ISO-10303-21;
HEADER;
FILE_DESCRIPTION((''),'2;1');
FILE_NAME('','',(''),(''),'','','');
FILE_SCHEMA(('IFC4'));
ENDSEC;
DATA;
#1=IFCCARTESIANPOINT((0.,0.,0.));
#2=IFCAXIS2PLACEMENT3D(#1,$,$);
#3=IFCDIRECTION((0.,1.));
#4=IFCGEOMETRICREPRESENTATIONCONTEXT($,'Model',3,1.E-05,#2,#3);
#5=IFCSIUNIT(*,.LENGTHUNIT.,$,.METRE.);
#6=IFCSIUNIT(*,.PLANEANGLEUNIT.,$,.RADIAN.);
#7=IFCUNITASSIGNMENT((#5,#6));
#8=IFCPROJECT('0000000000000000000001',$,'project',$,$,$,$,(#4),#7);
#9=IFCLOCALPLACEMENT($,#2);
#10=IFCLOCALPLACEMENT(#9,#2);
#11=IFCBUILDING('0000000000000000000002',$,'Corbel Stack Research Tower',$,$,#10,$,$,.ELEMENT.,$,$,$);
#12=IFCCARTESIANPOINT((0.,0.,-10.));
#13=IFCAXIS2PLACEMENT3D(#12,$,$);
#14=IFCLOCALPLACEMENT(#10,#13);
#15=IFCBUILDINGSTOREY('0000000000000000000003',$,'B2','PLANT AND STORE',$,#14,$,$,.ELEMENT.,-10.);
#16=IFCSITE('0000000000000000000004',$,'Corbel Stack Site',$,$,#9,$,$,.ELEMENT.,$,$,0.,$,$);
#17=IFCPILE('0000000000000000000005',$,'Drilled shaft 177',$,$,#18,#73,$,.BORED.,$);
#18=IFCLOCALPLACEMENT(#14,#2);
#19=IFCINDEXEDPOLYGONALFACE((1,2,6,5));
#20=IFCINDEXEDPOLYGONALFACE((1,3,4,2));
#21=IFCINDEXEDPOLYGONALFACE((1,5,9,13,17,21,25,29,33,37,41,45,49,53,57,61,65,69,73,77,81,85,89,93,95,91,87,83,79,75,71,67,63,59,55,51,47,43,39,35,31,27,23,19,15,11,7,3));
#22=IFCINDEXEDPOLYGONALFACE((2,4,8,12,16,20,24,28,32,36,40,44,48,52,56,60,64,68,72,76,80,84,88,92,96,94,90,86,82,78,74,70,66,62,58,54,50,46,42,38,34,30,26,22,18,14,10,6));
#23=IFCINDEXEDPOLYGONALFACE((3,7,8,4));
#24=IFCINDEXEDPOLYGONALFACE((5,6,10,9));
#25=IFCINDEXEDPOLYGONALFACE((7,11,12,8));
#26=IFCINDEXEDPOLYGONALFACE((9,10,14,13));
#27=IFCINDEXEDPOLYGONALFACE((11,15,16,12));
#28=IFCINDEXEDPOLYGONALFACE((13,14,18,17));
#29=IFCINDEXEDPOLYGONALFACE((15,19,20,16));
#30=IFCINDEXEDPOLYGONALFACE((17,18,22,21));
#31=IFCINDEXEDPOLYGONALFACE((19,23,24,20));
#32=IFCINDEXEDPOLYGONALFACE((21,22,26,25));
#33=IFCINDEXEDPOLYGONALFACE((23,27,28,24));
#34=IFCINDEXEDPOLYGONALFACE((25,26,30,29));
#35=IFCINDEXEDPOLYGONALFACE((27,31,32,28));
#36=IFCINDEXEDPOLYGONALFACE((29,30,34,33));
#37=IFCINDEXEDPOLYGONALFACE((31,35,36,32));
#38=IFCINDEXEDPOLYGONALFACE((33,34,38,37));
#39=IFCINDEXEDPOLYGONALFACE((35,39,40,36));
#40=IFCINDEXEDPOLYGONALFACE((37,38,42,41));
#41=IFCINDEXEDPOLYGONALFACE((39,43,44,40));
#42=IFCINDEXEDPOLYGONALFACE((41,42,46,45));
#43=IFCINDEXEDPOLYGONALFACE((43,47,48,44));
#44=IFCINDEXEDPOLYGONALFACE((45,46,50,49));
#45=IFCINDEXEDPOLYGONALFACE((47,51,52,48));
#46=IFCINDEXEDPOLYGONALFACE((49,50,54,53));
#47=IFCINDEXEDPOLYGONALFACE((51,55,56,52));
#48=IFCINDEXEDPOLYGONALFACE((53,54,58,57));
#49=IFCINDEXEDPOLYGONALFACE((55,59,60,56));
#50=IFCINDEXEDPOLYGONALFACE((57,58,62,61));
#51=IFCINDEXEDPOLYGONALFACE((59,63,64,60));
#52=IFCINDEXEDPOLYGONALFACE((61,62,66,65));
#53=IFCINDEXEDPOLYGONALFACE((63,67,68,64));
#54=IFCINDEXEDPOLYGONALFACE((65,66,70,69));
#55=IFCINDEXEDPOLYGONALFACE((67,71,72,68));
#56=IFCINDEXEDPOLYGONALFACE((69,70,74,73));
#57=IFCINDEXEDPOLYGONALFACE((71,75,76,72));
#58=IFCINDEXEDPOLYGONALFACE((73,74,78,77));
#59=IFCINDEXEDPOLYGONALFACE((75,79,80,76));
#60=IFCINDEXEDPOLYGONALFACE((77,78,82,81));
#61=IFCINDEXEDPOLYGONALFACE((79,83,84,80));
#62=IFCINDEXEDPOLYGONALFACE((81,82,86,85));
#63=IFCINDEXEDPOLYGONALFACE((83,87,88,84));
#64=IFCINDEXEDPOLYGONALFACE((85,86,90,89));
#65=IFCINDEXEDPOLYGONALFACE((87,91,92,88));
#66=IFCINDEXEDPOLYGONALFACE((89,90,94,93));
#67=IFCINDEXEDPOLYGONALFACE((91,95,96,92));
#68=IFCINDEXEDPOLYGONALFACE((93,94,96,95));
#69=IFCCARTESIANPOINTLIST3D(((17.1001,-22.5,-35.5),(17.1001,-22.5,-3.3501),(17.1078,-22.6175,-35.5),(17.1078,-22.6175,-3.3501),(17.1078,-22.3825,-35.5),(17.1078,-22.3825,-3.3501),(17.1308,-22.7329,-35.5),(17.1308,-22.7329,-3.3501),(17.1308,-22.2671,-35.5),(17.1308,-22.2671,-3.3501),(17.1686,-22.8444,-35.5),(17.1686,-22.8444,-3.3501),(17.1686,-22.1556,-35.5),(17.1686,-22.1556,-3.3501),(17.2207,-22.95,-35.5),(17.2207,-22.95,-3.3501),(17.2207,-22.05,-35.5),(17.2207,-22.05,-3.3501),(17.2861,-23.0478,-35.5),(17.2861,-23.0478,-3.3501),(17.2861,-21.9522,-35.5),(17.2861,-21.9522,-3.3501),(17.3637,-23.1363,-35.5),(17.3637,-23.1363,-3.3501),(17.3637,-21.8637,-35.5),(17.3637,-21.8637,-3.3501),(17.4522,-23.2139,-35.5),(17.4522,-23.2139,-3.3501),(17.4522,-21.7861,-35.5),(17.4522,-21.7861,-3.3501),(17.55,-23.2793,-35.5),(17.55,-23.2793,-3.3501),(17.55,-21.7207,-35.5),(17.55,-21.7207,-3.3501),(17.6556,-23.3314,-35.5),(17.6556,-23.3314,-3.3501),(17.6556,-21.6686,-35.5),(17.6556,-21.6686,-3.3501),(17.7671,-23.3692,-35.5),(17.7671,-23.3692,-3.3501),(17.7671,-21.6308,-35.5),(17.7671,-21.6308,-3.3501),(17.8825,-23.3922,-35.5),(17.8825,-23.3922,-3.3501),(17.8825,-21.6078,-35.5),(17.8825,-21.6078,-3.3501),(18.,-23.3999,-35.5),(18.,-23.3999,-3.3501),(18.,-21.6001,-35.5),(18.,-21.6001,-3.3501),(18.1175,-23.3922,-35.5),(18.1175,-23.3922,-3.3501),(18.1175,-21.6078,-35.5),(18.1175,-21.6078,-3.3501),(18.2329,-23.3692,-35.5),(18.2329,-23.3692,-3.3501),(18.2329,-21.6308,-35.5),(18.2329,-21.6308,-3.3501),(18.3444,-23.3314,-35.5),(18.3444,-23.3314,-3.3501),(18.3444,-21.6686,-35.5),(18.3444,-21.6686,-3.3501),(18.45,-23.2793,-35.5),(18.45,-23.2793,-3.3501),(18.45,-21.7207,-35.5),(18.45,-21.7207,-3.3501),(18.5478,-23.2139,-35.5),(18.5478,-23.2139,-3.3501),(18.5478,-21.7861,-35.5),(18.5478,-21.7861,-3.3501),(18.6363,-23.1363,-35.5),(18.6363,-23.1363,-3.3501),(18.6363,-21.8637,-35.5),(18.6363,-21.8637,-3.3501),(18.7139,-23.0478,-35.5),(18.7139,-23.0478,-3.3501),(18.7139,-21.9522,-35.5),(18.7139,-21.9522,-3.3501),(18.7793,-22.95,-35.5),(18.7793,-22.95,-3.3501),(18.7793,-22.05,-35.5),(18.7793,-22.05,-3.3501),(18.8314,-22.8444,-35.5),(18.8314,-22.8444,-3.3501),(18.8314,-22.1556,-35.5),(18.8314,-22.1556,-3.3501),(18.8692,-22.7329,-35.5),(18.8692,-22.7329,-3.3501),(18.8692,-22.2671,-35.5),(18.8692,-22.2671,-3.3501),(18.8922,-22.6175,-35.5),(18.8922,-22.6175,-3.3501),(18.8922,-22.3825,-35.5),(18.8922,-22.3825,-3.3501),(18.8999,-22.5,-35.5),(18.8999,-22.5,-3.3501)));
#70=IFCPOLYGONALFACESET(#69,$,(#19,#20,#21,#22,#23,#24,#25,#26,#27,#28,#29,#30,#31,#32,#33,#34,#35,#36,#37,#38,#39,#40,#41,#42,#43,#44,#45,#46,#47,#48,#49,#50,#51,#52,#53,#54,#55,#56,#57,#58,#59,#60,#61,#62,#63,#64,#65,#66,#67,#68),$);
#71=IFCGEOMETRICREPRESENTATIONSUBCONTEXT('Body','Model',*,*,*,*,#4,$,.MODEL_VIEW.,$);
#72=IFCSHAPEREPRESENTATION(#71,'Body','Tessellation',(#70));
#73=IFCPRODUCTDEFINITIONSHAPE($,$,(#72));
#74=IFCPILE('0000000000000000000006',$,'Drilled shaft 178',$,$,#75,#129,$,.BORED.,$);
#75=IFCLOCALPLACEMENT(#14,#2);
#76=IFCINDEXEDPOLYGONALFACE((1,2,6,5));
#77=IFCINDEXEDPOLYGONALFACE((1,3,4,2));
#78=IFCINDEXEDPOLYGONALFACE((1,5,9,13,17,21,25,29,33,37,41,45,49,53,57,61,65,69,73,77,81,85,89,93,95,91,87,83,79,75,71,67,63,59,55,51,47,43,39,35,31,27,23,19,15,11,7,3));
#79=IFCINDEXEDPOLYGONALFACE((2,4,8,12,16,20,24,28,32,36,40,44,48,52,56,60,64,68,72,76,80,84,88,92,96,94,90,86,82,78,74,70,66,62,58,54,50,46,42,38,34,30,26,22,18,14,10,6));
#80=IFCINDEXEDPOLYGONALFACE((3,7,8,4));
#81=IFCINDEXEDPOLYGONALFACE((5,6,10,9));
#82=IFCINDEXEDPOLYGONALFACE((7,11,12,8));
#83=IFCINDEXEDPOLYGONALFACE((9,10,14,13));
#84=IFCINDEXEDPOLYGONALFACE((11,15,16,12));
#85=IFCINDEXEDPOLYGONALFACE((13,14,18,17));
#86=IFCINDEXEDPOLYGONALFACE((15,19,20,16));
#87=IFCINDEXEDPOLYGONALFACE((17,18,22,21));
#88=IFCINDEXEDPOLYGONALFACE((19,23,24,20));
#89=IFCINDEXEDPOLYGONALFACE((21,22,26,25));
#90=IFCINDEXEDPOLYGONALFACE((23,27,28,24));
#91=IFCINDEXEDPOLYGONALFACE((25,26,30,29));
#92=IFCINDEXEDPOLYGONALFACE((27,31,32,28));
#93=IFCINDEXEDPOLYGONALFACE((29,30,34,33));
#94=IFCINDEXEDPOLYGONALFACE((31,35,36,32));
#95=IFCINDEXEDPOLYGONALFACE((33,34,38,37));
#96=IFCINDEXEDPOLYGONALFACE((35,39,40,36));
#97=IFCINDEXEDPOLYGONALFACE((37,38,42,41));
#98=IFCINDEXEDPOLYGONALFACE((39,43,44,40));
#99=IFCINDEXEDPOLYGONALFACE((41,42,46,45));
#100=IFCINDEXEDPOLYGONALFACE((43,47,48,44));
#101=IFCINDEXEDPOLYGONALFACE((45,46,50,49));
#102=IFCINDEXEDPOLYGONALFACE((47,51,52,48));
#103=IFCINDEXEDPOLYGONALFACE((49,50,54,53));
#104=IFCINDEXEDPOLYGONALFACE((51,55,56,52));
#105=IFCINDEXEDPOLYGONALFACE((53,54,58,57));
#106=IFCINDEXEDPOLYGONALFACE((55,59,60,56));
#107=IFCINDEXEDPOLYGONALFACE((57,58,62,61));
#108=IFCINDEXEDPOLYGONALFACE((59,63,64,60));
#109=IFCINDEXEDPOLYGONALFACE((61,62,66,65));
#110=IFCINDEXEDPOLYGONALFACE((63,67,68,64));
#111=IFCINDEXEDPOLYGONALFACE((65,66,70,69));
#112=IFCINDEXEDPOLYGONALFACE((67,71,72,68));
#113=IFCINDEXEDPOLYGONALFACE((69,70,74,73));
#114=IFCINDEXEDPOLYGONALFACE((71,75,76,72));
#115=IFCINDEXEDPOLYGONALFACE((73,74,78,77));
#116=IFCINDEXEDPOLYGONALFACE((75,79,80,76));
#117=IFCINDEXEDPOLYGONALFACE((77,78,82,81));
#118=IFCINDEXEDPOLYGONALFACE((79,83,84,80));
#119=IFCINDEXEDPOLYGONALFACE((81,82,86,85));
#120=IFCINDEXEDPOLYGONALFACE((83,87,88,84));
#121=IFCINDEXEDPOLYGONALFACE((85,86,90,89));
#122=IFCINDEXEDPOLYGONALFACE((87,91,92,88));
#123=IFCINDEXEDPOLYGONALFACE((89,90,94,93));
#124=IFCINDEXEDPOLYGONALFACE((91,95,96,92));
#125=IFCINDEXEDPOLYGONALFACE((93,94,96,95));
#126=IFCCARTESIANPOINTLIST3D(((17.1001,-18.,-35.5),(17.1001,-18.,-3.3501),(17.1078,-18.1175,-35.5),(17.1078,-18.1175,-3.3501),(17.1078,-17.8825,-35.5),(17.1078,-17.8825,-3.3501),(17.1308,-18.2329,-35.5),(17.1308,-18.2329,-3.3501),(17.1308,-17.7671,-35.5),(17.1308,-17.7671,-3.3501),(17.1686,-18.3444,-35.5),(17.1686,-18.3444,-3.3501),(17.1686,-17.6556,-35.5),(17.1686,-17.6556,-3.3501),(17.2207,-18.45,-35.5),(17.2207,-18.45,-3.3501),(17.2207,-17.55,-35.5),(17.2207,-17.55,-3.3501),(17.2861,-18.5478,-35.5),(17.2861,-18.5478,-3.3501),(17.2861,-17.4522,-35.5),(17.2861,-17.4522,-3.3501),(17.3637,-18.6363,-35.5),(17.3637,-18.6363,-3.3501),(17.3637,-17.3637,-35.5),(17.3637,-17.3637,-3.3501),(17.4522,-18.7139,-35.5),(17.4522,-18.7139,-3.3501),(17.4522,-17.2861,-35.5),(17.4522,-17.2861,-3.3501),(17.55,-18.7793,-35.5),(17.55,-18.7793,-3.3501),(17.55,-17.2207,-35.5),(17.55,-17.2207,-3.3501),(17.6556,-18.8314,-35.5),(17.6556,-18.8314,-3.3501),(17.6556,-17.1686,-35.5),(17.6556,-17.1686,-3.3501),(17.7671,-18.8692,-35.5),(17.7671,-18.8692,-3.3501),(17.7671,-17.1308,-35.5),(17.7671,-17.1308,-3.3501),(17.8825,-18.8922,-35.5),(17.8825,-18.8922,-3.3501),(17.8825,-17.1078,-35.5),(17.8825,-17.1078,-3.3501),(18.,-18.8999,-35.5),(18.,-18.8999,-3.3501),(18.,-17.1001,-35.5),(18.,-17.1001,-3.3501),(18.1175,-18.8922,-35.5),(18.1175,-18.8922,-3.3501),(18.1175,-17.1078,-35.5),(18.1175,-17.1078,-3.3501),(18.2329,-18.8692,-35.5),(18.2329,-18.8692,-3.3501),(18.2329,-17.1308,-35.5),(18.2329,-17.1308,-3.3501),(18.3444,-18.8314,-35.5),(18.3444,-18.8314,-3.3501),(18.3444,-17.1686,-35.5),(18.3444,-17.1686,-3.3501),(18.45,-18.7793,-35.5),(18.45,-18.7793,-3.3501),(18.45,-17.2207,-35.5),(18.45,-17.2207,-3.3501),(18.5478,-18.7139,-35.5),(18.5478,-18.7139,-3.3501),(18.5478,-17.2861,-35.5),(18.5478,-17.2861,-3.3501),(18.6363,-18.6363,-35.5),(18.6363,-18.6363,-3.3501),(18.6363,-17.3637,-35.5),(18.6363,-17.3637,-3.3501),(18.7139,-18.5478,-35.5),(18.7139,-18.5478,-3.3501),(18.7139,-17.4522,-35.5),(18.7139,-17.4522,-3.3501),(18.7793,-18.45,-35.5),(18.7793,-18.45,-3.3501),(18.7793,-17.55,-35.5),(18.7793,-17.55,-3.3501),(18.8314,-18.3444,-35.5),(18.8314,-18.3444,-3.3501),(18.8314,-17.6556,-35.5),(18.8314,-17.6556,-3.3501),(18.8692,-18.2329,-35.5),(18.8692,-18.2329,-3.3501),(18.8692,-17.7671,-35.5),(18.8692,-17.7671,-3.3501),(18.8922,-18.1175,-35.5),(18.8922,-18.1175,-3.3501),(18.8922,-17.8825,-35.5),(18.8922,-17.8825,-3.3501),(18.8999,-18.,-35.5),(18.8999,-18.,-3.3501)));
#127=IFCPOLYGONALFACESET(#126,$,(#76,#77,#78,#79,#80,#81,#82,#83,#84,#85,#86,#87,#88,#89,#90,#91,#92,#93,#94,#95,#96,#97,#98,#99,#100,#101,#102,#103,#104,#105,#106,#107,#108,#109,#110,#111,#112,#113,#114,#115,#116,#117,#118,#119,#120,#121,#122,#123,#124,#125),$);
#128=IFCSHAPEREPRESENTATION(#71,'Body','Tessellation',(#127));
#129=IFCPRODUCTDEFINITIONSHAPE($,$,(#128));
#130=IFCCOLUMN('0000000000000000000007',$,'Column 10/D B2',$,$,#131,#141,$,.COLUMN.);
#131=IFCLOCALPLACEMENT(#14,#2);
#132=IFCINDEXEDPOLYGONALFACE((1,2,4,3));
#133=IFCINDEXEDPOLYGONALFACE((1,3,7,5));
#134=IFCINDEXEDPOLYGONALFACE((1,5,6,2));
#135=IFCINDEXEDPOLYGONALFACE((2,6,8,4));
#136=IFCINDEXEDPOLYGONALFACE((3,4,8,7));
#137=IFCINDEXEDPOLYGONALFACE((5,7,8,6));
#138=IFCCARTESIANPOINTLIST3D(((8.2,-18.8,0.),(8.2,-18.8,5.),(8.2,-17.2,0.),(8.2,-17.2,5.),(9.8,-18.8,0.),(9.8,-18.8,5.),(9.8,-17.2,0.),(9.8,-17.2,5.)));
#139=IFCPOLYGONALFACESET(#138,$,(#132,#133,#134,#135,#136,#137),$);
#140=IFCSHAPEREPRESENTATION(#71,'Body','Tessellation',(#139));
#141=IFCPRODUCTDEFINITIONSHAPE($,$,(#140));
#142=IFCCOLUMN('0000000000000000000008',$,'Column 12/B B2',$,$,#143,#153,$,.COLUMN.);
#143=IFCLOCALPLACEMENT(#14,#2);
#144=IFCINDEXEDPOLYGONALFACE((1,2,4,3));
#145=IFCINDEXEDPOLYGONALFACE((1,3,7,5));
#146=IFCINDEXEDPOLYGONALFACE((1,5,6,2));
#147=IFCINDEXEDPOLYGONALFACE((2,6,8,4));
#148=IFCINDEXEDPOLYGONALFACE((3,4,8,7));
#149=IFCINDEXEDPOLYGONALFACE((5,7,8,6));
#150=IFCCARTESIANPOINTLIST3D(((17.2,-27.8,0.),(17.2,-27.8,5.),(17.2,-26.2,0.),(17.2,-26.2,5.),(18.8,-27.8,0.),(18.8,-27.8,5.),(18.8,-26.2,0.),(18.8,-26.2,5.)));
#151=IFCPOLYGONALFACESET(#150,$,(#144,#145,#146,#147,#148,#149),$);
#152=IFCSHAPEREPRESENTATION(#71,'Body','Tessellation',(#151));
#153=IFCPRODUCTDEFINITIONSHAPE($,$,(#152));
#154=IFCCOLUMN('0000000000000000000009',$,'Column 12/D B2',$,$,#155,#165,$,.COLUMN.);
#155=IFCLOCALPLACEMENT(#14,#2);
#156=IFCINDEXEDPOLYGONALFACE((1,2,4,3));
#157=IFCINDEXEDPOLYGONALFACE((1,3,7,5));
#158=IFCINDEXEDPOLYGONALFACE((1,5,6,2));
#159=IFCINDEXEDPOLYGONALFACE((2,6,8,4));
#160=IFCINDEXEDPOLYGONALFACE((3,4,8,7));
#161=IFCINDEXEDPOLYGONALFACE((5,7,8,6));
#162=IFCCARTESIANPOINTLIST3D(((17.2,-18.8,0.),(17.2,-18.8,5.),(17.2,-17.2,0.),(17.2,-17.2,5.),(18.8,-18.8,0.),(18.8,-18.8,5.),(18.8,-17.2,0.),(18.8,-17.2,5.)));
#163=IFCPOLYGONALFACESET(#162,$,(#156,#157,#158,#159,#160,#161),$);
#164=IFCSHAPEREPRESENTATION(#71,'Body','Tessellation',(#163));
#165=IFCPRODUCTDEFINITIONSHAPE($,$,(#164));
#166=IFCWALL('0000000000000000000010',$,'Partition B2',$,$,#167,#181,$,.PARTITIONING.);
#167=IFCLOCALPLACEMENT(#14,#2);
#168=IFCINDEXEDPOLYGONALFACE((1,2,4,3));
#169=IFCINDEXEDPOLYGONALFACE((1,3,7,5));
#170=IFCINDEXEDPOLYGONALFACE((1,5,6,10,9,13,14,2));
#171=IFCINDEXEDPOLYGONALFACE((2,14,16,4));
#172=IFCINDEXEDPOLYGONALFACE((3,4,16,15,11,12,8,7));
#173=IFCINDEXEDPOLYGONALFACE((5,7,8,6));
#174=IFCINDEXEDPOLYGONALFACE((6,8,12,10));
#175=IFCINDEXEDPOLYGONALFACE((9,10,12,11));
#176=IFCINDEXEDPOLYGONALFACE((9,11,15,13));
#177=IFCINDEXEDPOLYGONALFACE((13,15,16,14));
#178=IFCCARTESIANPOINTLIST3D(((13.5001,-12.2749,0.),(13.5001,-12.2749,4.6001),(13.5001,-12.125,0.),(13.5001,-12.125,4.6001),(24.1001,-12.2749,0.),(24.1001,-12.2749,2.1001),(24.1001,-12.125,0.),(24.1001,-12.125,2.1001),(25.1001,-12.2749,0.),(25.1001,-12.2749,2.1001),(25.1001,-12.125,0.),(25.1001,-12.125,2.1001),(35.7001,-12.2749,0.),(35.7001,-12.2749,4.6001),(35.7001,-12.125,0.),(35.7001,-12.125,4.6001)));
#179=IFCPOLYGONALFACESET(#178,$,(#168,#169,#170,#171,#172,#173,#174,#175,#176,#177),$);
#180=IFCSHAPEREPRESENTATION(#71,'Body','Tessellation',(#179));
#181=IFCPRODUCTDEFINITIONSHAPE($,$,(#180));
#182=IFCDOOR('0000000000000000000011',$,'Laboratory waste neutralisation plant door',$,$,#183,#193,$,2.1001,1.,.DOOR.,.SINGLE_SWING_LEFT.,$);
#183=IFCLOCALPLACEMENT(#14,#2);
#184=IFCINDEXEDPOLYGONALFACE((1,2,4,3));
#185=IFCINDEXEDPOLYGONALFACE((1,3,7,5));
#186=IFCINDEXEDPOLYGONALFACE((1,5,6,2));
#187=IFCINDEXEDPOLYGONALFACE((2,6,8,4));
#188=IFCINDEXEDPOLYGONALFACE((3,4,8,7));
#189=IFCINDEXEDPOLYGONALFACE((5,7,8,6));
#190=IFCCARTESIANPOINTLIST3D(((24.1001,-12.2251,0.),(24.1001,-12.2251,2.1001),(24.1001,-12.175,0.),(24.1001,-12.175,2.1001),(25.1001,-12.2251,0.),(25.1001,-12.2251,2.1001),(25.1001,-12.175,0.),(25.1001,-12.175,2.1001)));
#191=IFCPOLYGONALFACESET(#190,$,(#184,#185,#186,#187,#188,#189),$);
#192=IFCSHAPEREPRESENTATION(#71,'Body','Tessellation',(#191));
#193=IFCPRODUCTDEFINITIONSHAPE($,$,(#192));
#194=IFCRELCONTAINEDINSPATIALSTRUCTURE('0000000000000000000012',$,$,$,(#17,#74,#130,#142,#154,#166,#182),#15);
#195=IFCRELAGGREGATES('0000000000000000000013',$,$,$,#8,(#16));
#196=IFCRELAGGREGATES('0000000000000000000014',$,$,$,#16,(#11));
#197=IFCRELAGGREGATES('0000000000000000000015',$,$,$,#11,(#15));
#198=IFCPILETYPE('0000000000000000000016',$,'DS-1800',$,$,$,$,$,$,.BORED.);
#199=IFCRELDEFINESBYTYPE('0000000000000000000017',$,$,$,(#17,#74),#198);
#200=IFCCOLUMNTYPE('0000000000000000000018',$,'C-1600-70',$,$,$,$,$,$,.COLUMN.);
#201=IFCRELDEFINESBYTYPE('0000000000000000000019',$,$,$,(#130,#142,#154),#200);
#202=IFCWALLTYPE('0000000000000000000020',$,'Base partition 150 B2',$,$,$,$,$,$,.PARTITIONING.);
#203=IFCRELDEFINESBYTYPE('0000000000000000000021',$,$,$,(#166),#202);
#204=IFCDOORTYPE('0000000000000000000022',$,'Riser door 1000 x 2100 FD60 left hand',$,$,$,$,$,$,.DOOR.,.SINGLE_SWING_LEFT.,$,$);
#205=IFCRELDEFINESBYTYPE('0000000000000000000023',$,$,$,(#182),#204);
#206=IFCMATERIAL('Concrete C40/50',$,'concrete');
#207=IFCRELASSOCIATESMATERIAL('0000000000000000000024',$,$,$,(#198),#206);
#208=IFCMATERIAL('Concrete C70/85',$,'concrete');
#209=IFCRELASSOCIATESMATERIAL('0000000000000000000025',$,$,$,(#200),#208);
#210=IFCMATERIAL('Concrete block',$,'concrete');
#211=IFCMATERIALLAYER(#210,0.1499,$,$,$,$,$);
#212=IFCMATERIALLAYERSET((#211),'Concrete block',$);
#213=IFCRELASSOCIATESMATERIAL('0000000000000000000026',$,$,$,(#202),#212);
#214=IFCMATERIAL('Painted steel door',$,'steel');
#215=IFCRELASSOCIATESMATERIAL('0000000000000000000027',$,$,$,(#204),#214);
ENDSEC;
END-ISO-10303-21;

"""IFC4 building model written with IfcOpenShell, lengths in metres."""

from ifc_helpers import new_model, si_unit, direction, frame, frame_2d, origin, origin_2d, place, context, subcontext, project, spatial, rectangle, circle, extrude, material, layer, layer_set, material_profile, profile_set, type_object, element, fill, save


model = new_model("IFC4")

# Units and contexts
model_context = context("Model", 3, precision=1e-05, world=origin(), true_north=direction((0.0, 1.0)))
body_context = subcontext(model_context, "Body", "Model", "MODEL_VIEW")
ifc_project = project(units=[si_unit("LENGTHUNIT", "METRE"), si_unit("PLANEANGLEUNIT", "RADIAN")], contexts=[model_context])

# Site, building, storey
site_placement = place(None, origin())
site = spatial("IfcSite", under=ifc_project, at=site_placement, Name="Corbel Stack Site", CompositionType="ELEMENT", RefElevation=0.0)
building_placement = place(site_placement, origin())
building = spatial("IfcBuilding", under=site, at=building_placement, Name="Corbel Stack Research Tower", CompositionType="ELEMENT")
storey_placement = place(building_placement, frame((0.0, 0.0, -10.0)))
storey = spatial("IfcBuildingStorey", under=building, at=storey_placement, Name="B2", Description="PLANT AND STORE", CompositionType="ELEMENT", Elevation=-10.0)

# Piles
ifc_material_1 = material(Name="Concrete C40/50", Category="concrete")
ifc_material_profile_1 = material_profile(ifc_material_1, circle(Radius=0.8999, at=origin_2d()), Name="Shaft 1800")
ifc_profile_set_1 = profile_set([ifc_material_profile_1], Name="Concrete C40/50")
pile_type = type_object("IfcPileType", Name="DS-1800", PredefinedType="BORED", material=ifc_profile_set_1)
for number, where, z_axis, x_axis, name in (
    (1, (18.0, -22.5, -3.3501), (0.0, 0.0, -1.0), (1.0, 0.0, 0.0), "Drilled shaft 177"),
    (2, (18.0, -18.0, -3.3501), (0.0, 0.0, -1.0), (1.0, 0.0, 0.0), "Drilled shaft 178"),
):
    element("IfcPile", number, at=place(storey_placement, frame(where, z_axis=z_axis, x_axis=x_axis)), inside=storey, type_object=pile_type, Name=name, PredefinedType="BORED", context=body_context, shape_type="SweptSolid", body=[
        extrude(circle(Radius=0.8999, at=origin_2d()), origin(), (0.0, 0.0, 1.0), 32.1499),
    ])

# Columns
ifc_material_2 = material(Name="Concrete C70/85", Category="concrete")
ifc_material_profile_2 = material_profile(ifc_material_2, rectangle(XDim=1.6001, YDim=1.6001, at=origin_2d()), Name="RC 1600 x 1600")
ifc_profile_set_2 = profile_set([ifc_material_profile_2], Name="Concrete C70/85")
column_type = type_object("IfcColumnType", Name="C-1600-70", PredefinedType="COLUMN", material=ifc_profile_set_2)
for number, where, z_axis, x_axis, name in (
    (3, (9.0, -18.0, 0.0), (0.0, 0.0, 1.0), (1.0, 0.0, 0.0), "Column 10/D B2"),
    (4, (18.0, -27.0, 0.0), (0.0, 0.0, 1.0), (1.0, 0.0, 0.0), "Column 12/B B2"),
    (5, (18.0, -18.0, 0.0), (0.0, 0.0, 1.0), (1.0, 0.0, 0.0), "Column 12/D B2"),
):
    element("IfcColumn", number, at=place(storey_placement, frame(where, z_axis=z_axis, x_axis=x_axis)), inside=storey, type_object=column_type, Name=name, PredefinedType="COLUMN", context=body_context, shape_type="SweptSolid", body=[
        extrude(rectangle(XDim=1.6001, YDim=1.6001, at=origin_2d()), origin(), (0.0, 0.0, 1.0), 5.0),
    ])

# Wall, opening, door
ifc_material_3 = material(Name="Concrete block", Category="concrete")
ifc_layer_1 = layer(ifc_material_3, 0.1499)
ifc_layer_set_1 = layer_set([ifc_layer_1], Name="Concrete block")
wall_type_1 = type_object("IfcWallType", Name="Base partition 150 B2", PredefinedType="PARTITIONING", material=ifc_layer_set_1)
wall_1_placement = place(storey_placement, frame((13.5, -12.2, 0.0), z_axis=(0.0, 0.0, 1.0), x_axis=(1.0, 0.0, 0.0)))
wall_1 = element("IfcWall", 6, at=wall_1_placement, inside=storey, type_object=wall_type_1, Name="Partition B2", PredefinedType="PARTITIONING", context=body_context, shape_type="SweptSolid", body=[
    extrude(rectangle(XDim=22.2, YDim=0.1499, at=frame_2d((11.1001, 0.0))), origin(), (0.0, 0.0, 1.0), 4.6001),
])
opening_1_placement = place(wall_1_placement, frame((10.6001, 0.0, 0.0)))
opening_1 = element("IfcOpeningElement", 7, at=opening_1_placement, cuts=wall_1, PredefinedType="OPENING", context=body_context, shape_type="SweptSolid", body=[
    extrude(rectangle(XDim=1.0, YDim=2.1001, at=frame_2d((0.5, 1.05))), frame((0.0, 0.085, 0.0), z_axis=(0.0, -1.0, 0.0), x_axis=(1.0, 0.0, 0.0)), (0.0, 0.0, 1.0), 0.1699),
])
ifc_material_4 = material(Name="Painted steel door", Category="steel")
door_type_1 = type_object("IfcDoorType", Name="Riser door 1000 x 2100 FD60 left hand", OperationType="SINGLE_SWING_LEFT", PredefinedType="DOOR", material=ifc_material_4)
door_1_placement = place(opening_1_placement, origin())
door_1 = element("IfcDoor", 8, at=door_1_placement, inside=storey, type_object=door_type_1, Name="Laboratory waste neutralisation plant door", OperationType="SINGLE_SWING_LEFT", OverallHeight=2.1001, OverallWidth=1.0, PredefinedType="DOOR", context=body_context, shape_type="SweptSolid", body=[
    extrude(rectangle(XDim=1.0, YDim=2.1001, at=frame_2d((0.5, 1.05))), frame((0.0, 0.0249, 0.0), z_axis=(0.0, -1.0, 0.0), x_axis=(1.0, 0.0, 0.0)), (0.0, 0.0, 1.0), 0.05),
])
fill(opening_1, door_1)

save(model, "model.ifc")
